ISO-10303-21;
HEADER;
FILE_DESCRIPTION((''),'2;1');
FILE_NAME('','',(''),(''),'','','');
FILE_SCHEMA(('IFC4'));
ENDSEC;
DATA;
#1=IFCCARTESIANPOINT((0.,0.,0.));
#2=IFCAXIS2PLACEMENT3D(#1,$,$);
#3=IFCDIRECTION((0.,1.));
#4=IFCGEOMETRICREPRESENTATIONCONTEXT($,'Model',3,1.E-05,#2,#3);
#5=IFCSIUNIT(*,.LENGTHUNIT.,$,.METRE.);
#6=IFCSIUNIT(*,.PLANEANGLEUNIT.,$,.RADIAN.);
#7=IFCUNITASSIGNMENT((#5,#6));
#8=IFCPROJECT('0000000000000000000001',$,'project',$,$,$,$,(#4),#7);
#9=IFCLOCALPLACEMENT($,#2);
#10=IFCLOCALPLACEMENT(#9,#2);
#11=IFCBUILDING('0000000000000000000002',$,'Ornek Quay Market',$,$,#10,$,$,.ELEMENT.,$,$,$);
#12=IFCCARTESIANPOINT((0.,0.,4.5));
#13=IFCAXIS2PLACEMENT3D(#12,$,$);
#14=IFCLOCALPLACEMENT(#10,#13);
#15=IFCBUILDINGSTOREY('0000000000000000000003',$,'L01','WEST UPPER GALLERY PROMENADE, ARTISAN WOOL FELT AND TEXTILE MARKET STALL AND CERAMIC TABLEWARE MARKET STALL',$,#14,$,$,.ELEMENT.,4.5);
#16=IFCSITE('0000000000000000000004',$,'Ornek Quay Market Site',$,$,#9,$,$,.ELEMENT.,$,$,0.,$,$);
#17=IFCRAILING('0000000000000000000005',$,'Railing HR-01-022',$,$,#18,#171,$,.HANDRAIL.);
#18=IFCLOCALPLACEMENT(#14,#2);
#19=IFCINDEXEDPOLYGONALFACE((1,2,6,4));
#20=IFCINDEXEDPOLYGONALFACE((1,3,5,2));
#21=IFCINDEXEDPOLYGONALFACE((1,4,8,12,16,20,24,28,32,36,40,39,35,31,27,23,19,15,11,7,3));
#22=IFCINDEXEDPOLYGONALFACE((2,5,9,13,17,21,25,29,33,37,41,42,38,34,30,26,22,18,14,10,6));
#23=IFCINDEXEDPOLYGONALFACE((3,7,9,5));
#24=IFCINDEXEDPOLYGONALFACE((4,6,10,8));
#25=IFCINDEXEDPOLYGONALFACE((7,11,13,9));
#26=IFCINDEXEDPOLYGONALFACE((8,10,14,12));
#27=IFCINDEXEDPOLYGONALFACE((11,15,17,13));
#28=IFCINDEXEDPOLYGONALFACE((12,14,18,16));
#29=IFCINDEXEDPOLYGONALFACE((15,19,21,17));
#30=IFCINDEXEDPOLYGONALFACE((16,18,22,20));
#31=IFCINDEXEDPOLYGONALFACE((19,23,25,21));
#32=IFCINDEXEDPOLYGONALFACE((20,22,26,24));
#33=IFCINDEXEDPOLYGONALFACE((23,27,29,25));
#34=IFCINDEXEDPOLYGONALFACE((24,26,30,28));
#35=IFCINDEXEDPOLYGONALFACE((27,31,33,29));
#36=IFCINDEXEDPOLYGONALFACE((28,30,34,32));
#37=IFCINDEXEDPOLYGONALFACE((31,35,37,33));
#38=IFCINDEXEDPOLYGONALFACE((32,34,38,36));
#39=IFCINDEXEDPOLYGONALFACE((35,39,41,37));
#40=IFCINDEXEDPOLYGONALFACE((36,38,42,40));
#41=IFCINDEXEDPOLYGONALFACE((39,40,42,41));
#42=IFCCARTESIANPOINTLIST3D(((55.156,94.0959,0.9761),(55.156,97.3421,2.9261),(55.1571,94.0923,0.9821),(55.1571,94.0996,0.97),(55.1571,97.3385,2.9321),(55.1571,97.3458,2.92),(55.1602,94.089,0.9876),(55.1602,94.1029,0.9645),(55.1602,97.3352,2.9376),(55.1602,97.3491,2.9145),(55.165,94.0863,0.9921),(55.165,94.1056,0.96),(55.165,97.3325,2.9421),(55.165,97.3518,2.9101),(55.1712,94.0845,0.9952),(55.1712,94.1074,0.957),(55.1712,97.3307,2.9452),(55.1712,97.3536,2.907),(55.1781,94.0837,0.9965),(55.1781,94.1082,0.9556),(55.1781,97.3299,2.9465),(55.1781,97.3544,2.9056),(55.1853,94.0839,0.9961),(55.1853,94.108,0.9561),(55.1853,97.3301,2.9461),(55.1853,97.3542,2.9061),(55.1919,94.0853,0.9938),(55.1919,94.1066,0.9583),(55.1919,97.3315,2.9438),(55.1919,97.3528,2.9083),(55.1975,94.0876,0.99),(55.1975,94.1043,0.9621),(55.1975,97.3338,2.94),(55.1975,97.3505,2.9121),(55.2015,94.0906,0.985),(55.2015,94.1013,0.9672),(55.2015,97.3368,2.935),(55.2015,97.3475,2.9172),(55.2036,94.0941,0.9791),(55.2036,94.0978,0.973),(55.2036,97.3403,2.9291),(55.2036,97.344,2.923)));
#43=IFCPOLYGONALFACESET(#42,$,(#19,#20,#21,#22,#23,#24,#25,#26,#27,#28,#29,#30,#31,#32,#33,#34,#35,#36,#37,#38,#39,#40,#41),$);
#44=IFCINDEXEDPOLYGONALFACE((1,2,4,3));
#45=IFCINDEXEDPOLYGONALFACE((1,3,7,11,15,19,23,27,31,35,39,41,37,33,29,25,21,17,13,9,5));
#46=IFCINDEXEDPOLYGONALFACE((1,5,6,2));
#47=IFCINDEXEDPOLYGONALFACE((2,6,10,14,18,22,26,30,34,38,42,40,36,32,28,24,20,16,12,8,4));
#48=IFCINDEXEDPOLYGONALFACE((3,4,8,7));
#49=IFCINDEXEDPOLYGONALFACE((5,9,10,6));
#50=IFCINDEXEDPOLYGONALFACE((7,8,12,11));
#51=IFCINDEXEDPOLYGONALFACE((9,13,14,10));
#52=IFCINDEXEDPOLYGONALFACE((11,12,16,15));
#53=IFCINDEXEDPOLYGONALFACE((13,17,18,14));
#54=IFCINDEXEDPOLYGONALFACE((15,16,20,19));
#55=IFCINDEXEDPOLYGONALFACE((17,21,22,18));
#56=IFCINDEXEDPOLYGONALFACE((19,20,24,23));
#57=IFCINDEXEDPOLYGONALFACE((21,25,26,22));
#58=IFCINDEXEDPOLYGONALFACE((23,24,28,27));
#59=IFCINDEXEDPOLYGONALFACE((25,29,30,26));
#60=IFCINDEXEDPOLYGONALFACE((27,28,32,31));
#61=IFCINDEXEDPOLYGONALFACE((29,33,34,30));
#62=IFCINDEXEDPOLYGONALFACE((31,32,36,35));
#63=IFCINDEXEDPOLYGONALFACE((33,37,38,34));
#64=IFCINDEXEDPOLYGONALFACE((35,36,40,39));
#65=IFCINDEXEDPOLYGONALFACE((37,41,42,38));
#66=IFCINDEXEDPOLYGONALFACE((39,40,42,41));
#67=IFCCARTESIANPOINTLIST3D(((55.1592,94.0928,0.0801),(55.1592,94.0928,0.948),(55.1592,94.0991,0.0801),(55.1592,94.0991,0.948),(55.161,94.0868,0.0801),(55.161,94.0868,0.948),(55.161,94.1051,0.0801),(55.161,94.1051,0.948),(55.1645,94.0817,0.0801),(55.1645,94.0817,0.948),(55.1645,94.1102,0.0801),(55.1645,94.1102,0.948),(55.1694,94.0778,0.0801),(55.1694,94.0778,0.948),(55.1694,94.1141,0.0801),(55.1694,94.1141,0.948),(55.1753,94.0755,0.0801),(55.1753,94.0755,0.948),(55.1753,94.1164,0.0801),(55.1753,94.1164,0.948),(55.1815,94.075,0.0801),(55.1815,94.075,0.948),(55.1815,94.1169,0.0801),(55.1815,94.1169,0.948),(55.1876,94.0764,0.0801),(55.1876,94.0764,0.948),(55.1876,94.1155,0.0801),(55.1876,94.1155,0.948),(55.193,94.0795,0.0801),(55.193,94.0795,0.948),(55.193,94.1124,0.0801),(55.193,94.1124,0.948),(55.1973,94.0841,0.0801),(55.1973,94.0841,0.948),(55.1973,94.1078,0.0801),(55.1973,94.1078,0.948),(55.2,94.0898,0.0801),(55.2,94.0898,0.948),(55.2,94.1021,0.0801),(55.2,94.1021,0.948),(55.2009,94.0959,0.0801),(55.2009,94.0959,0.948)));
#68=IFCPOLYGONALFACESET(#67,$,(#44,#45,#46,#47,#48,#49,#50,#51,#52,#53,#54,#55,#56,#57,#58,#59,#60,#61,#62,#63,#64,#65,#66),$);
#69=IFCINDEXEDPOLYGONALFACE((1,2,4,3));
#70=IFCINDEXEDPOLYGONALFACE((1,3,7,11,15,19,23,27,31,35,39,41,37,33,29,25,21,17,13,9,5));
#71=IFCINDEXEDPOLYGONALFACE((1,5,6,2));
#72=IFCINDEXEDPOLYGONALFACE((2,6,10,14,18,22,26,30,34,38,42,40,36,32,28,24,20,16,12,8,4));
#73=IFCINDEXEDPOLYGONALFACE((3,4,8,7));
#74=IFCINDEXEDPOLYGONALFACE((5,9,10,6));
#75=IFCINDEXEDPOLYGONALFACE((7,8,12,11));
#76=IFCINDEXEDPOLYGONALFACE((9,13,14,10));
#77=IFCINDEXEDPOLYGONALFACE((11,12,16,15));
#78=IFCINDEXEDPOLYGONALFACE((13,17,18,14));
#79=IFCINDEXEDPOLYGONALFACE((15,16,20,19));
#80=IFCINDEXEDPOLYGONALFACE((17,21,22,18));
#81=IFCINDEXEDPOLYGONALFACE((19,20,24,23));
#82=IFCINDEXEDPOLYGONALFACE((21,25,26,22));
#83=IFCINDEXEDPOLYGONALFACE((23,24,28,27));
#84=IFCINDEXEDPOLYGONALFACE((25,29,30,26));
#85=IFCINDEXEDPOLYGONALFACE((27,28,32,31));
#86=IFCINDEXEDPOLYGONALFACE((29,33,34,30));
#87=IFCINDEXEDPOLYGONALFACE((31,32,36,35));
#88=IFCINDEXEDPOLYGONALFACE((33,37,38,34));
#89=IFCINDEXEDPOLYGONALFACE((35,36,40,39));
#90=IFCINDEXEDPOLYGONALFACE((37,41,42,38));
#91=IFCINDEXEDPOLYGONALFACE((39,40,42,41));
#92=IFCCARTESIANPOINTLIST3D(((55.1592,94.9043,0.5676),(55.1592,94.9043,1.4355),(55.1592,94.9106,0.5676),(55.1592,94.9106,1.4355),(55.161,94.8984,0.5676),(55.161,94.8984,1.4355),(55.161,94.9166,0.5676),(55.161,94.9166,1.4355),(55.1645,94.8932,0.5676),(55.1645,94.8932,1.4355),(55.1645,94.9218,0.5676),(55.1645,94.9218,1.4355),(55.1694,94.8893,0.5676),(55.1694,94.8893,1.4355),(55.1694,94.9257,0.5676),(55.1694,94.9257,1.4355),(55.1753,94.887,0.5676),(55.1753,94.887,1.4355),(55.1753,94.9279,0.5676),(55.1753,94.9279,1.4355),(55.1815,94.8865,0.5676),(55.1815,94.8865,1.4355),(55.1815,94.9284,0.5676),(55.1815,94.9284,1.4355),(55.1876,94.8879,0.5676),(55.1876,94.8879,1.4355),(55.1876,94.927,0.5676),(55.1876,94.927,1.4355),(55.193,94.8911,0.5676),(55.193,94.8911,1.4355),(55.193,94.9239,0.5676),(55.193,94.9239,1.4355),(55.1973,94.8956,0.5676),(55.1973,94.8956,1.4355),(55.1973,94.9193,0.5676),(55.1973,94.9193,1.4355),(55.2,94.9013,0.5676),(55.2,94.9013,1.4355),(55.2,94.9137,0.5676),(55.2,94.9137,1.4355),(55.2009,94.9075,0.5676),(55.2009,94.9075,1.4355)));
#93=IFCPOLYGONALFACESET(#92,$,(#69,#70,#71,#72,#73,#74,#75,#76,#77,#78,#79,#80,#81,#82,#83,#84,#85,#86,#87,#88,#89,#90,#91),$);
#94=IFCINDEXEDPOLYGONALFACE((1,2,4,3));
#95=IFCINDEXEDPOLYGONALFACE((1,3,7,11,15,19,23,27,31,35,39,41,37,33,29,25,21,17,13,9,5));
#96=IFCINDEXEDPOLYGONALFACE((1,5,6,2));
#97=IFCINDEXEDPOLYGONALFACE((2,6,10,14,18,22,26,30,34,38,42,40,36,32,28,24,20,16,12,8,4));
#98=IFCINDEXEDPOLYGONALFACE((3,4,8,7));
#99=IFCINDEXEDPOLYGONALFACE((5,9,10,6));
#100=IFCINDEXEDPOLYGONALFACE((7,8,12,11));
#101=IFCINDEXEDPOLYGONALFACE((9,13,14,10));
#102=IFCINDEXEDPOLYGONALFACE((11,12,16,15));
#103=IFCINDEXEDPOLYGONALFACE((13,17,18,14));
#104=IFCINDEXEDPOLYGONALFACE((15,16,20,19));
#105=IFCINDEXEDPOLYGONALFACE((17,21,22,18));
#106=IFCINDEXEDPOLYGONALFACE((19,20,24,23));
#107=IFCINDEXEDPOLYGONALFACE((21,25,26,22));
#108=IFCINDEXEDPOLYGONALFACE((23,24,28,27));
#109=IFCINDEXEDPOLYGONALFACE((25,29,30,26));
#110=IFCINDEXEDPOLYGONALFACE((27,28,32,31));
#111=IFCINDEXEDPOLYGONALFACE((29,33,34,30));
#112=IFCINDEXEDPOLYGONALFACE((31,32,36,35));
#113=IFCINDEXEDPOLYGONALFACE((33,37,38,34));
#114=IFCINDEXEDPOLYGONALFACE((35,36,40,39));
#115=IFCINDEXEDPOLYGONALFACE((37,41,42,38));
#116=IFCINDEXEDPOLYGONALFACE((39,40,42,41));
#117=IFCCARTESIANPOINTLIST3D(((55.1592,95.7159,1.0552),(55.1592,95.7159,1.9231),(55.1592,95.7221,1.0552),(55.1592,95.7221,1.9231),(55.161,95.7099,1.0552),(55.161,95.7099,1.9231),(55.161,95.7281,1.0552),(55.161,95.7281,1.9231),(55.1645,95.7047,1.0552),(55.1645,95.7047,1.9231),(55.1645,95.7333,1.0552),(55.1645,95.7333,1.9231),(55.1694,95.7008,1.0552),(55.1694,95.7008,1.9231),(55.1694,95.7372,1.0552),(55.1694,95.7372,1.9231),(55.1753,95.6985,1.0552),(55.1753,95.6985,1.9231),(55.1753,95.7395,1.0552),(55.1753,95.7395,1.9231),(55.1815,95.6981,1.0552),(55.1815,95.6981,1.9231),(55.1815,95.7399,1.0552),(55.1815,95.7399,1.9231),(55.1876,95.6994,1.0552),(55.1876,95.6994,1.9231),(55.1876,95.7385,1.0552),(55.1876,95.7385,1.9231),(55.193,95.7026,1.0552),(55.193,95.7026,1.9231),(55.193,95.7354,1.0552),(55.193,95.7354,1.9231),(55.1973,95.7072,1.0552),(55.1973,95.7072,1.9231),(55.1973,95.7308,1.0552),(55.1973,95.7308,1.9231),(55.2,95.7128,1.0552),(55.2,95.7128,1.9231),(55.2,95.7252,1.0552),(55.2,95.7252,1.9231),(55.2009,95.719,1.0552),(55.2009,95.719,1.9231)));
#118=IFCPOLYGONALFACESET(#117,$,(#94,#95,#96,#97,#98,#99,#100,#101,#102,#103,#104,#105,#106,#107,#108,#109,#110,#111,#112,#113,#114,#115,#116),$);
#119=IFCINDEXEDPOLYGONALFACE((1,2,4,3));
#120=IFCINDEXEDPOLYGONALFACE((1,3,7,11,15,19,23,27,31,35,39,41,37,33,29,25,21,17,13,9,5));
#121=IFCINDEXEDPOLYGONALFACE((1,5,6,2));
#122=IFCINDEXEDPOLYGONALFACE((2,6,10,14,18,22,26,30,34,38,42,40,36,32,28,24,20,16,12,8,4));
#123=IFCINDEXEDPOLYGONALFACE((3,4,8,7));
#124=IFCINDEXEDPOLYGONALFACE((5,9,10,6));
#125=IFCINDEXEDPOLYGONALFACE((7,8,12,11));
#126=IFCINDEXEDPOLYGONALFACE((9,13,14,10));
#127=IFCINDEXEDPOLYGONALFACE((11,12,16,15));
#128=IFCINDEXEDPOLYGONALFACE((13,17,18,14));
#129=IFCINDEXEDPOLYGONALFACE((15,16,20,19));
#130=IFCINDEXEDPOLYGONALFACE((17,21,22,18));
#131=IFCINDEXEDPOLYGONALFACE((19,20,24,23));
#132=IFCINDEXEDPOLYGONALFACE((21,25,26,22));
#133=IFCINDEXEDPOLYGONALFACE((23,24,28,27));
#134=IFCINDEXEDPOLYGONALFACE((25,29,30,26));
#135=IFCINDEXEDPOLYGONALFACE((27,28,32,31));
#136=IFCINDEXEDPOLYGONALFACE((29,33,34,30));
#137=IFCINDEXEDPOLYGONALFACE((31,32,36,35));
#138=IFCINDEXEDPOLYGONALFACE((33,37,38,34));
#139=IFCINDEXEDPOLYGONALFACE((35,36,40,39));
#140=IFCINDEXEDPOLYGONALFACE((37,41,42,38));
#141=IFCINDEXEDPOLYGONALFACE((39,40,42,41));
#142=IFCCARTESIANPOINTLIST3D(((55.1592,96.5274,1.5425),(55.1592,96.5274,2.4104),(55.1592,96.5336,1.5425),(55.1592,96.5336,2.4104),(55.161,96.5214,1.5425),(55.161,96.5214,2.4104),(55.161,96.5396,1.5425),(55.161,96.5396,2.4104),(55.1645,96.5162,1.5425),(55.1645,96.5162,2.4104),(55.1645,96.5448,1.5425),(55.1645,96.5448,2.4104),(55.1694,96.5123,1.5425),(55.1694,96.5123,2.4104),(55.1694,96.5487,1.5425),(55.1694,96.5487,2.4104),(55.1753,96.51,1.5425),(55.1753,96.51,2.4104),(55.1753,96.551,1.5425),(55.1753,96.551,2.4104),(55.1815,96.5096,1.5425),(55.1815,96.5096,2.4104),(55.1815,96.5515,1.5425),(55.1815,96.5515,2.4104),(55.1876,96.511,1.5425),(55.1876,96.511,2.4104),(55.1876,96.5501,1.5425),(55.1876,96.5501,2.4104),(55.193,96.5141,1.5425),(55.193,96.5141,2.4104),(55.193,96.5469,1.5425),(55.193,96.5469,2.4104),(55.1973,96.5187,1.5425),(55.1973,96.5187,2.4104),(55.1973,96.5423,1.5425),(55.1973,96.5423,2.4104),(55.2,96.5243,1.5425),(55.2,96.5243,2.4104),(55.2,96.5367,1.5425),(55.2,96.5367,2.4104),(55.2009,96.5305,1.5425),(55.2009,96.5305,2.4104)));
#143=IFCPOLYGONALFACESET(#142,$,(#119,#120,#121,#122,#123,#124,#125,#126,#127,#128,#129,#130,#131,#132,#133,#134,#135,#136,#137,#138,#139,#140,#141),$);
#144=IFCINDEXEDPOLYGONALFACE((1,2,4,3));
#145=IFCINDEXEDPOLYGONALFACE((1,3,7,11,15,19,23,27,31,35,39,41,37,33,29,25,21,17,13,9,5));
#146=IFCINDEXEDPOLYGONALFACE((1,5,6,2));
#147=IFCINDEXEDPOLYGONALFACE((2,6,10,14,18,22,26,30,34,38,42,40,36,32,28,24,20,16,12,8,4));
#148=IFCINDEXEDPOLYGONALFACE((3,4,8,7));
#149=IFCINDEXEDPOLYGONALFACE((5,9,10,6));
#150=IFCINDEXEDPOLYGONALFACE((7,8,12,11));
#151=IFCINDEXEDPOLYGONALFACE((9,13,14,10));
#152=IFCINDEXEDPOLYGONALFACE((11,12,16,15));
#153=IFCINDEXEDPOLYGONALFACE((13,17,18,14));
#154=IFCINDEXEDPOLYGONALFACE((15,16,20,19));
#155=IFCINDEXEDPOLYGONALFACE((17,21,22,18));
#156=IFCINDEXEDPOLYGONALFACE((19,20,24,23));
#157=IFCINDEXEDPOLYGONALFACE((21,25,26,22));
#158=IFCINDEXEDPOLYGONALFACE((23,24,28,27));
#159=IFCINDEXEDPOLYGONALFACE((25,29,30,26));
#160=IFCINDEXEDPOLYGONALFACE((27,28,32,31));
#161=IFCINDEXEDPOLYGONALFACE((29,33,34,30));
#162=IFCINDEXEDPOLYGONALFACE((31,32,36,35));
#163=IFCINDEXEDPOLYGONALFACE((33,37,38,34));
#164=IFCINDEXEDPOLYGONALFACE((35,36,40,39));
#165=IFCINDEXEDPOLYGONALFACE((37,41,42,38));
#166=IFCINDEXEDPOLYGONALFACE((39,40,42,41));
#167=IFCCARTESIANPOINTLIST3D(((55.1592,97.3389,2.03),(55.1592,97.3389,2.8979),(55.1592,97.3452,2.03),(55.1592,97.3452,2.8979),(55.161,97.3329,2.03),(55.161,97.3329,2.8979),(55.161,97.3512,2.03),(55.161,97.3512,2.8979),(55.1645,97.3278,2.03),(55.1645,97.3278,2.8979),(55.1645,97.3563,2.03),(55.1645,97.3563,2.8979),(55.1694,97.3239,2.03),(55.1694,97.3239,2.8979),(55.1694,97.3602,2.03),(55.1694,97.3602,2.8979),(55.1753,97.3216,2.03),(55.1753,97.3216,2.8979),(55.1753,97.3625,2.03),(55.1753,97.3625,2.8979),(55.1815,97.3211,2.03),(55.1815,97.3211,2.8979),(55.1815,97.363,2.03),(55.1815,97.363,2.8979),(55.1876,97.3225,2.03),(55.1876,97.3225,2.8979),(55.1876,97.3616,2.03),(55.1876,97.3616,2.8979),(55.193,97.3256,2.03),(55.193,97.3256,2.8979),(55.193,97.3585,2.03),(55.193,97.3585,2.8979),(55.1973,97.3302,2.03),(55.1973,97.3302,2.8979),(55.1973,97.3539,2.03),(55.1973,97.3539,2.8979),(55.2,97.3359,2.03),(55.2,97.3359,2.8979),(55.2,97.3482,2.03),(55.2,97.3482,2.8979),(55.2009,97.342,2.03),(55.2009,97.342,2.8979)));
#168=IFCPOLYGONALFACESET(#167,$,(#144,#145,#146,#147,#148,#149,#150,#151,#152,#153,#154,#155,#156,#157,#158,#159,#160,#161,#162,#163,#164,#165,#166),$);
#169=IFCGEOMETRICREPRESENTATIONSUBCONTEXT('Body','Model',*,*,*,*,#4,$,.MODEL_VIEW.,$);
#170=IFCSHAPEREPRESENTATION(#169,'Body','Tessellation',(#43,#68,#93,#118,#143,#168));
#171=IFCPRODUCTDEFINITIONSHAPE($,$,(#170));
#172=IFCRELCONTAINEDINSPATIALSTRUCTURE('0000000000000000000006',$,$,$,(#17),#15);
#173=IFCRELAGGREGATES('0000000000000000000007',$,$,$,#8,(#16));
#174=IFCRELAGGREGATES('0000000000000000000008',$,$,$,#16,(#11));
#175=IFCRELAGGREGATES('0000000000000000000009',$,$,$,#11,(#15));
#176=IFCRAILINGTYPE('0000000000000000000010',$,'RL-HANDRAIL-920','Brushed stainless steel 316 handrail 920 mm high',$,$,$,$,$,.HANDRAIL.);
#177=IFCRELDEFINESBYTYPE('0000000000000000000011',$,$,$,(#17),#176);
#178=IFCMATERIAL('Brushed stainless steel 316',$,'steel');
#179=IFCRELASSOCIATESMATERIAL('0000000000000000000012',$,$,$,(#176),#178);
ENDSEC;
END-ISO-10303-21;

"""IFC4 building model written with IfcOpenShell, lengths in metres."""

from ifc_helpers import new_model, si_unit, direction, frame, origin, origin_2d, place, context, subcontext, project, spatial, circle, extrude, material, type_object, element, save


model = new_model("IFC4")

# Units and contexts
model_context = context("Model", 3, precision=1e-05, world=origin(), true_north=direction((0.0, 1.0)))
body_context = subcontext(model_context, "Body", "Model", "MODEL_VIEW")
ifc_project = project(units=[si_unit("LENGTHUNIT", "METRE"), si_unit("PLANEANGLEUNIT", "RADIAN")], contexts=[model_context])

# Site, building, storey
site_placement = place(None, origin())
site = spatial("IfcSite", under=ifc_project, at=site_placement, Name="Ornek Quay Market Site", CompositionType="ELEMENT", RefElevation=0.0)
building_placement = place(site_placement, origin())
building = spatial("IfcBuilding", under=site, at=building_placement, Name="Ornek Quay Market", CompositionType="ELEMENT")
storey_placement = place(building_placement, frame((0.0, 0.0, 4.5)))
storey = spatial("IfcBuildingStorey", under=building, at=storey_placement, Name="L01", Description="WEST UPPER GALLERY PROMENADE, ARTISAN WOOL FELT AND TEXTILE MARKET STALL AND CERAMIC TABLEWARE MARKET STALL", CompositionType="ELEMENT", Elevation=4.5)

# Railing
ifc_material_1 = material(Name="Brushed stainless steel 316", Category="steel")
railing_type_1 = type_object("IfcRailingType", Name="RL-HANDRAIL-920", Description="Brushed stainless steel 316 handrail 920 mm high", PredefinedType="HANDRAIL", material=ifc_material_1)
railing_1_placement = place(storey_placement, frame((55.1799, 94.0959, 0.0801)))
element("IfcRailing", 1, at=railing_1_placement, inside=storey, type_object=railing_type_1, Name="Railing HR-01-022", PredefinedType="HANDRAIL", context=body_context, shape_type="SweptSolid", body=[
    extrude(circle(Radius=0.0239, at=origin_2d()), frame((0.0, 0.0, 0.896), z_axis=(0.0, 0.857225, 0.514941), x_axis=(-1.0, 0.0, 0.0)), (0.0, 0.0, 1.0), 3.7869),
    extrude(circle(Radius=0.021, at=origin_2d()), origin(), (0.0, 0.0, 1.0), 0.8679),
    extrude(circle(Radius=0.021, at=origin_2d()), frame((0.0, 0.8115, 0.4875)), (0.0, 0.0, 1.0), 0.8679),
    extrude(circle(Radius=0.021, at=origin_2d()), frame((0.0, 1.623, 0.9751)), (0.0, 0.0, 1.0), 0.8679),
    extrude(circle(Radius=0.021, at=origin_2d()), frame((0.0, 2.4346, 1.4624)), (0.0, 0.0, 1.0), 0.8679),
    extrude(circle(Radius=0.021, at=origin_2d()), frame((0.0, 3.2461, 1.95)), (0.0, 0.0, 1.0), 0.8679),
])

save(model, "model.ifc")
